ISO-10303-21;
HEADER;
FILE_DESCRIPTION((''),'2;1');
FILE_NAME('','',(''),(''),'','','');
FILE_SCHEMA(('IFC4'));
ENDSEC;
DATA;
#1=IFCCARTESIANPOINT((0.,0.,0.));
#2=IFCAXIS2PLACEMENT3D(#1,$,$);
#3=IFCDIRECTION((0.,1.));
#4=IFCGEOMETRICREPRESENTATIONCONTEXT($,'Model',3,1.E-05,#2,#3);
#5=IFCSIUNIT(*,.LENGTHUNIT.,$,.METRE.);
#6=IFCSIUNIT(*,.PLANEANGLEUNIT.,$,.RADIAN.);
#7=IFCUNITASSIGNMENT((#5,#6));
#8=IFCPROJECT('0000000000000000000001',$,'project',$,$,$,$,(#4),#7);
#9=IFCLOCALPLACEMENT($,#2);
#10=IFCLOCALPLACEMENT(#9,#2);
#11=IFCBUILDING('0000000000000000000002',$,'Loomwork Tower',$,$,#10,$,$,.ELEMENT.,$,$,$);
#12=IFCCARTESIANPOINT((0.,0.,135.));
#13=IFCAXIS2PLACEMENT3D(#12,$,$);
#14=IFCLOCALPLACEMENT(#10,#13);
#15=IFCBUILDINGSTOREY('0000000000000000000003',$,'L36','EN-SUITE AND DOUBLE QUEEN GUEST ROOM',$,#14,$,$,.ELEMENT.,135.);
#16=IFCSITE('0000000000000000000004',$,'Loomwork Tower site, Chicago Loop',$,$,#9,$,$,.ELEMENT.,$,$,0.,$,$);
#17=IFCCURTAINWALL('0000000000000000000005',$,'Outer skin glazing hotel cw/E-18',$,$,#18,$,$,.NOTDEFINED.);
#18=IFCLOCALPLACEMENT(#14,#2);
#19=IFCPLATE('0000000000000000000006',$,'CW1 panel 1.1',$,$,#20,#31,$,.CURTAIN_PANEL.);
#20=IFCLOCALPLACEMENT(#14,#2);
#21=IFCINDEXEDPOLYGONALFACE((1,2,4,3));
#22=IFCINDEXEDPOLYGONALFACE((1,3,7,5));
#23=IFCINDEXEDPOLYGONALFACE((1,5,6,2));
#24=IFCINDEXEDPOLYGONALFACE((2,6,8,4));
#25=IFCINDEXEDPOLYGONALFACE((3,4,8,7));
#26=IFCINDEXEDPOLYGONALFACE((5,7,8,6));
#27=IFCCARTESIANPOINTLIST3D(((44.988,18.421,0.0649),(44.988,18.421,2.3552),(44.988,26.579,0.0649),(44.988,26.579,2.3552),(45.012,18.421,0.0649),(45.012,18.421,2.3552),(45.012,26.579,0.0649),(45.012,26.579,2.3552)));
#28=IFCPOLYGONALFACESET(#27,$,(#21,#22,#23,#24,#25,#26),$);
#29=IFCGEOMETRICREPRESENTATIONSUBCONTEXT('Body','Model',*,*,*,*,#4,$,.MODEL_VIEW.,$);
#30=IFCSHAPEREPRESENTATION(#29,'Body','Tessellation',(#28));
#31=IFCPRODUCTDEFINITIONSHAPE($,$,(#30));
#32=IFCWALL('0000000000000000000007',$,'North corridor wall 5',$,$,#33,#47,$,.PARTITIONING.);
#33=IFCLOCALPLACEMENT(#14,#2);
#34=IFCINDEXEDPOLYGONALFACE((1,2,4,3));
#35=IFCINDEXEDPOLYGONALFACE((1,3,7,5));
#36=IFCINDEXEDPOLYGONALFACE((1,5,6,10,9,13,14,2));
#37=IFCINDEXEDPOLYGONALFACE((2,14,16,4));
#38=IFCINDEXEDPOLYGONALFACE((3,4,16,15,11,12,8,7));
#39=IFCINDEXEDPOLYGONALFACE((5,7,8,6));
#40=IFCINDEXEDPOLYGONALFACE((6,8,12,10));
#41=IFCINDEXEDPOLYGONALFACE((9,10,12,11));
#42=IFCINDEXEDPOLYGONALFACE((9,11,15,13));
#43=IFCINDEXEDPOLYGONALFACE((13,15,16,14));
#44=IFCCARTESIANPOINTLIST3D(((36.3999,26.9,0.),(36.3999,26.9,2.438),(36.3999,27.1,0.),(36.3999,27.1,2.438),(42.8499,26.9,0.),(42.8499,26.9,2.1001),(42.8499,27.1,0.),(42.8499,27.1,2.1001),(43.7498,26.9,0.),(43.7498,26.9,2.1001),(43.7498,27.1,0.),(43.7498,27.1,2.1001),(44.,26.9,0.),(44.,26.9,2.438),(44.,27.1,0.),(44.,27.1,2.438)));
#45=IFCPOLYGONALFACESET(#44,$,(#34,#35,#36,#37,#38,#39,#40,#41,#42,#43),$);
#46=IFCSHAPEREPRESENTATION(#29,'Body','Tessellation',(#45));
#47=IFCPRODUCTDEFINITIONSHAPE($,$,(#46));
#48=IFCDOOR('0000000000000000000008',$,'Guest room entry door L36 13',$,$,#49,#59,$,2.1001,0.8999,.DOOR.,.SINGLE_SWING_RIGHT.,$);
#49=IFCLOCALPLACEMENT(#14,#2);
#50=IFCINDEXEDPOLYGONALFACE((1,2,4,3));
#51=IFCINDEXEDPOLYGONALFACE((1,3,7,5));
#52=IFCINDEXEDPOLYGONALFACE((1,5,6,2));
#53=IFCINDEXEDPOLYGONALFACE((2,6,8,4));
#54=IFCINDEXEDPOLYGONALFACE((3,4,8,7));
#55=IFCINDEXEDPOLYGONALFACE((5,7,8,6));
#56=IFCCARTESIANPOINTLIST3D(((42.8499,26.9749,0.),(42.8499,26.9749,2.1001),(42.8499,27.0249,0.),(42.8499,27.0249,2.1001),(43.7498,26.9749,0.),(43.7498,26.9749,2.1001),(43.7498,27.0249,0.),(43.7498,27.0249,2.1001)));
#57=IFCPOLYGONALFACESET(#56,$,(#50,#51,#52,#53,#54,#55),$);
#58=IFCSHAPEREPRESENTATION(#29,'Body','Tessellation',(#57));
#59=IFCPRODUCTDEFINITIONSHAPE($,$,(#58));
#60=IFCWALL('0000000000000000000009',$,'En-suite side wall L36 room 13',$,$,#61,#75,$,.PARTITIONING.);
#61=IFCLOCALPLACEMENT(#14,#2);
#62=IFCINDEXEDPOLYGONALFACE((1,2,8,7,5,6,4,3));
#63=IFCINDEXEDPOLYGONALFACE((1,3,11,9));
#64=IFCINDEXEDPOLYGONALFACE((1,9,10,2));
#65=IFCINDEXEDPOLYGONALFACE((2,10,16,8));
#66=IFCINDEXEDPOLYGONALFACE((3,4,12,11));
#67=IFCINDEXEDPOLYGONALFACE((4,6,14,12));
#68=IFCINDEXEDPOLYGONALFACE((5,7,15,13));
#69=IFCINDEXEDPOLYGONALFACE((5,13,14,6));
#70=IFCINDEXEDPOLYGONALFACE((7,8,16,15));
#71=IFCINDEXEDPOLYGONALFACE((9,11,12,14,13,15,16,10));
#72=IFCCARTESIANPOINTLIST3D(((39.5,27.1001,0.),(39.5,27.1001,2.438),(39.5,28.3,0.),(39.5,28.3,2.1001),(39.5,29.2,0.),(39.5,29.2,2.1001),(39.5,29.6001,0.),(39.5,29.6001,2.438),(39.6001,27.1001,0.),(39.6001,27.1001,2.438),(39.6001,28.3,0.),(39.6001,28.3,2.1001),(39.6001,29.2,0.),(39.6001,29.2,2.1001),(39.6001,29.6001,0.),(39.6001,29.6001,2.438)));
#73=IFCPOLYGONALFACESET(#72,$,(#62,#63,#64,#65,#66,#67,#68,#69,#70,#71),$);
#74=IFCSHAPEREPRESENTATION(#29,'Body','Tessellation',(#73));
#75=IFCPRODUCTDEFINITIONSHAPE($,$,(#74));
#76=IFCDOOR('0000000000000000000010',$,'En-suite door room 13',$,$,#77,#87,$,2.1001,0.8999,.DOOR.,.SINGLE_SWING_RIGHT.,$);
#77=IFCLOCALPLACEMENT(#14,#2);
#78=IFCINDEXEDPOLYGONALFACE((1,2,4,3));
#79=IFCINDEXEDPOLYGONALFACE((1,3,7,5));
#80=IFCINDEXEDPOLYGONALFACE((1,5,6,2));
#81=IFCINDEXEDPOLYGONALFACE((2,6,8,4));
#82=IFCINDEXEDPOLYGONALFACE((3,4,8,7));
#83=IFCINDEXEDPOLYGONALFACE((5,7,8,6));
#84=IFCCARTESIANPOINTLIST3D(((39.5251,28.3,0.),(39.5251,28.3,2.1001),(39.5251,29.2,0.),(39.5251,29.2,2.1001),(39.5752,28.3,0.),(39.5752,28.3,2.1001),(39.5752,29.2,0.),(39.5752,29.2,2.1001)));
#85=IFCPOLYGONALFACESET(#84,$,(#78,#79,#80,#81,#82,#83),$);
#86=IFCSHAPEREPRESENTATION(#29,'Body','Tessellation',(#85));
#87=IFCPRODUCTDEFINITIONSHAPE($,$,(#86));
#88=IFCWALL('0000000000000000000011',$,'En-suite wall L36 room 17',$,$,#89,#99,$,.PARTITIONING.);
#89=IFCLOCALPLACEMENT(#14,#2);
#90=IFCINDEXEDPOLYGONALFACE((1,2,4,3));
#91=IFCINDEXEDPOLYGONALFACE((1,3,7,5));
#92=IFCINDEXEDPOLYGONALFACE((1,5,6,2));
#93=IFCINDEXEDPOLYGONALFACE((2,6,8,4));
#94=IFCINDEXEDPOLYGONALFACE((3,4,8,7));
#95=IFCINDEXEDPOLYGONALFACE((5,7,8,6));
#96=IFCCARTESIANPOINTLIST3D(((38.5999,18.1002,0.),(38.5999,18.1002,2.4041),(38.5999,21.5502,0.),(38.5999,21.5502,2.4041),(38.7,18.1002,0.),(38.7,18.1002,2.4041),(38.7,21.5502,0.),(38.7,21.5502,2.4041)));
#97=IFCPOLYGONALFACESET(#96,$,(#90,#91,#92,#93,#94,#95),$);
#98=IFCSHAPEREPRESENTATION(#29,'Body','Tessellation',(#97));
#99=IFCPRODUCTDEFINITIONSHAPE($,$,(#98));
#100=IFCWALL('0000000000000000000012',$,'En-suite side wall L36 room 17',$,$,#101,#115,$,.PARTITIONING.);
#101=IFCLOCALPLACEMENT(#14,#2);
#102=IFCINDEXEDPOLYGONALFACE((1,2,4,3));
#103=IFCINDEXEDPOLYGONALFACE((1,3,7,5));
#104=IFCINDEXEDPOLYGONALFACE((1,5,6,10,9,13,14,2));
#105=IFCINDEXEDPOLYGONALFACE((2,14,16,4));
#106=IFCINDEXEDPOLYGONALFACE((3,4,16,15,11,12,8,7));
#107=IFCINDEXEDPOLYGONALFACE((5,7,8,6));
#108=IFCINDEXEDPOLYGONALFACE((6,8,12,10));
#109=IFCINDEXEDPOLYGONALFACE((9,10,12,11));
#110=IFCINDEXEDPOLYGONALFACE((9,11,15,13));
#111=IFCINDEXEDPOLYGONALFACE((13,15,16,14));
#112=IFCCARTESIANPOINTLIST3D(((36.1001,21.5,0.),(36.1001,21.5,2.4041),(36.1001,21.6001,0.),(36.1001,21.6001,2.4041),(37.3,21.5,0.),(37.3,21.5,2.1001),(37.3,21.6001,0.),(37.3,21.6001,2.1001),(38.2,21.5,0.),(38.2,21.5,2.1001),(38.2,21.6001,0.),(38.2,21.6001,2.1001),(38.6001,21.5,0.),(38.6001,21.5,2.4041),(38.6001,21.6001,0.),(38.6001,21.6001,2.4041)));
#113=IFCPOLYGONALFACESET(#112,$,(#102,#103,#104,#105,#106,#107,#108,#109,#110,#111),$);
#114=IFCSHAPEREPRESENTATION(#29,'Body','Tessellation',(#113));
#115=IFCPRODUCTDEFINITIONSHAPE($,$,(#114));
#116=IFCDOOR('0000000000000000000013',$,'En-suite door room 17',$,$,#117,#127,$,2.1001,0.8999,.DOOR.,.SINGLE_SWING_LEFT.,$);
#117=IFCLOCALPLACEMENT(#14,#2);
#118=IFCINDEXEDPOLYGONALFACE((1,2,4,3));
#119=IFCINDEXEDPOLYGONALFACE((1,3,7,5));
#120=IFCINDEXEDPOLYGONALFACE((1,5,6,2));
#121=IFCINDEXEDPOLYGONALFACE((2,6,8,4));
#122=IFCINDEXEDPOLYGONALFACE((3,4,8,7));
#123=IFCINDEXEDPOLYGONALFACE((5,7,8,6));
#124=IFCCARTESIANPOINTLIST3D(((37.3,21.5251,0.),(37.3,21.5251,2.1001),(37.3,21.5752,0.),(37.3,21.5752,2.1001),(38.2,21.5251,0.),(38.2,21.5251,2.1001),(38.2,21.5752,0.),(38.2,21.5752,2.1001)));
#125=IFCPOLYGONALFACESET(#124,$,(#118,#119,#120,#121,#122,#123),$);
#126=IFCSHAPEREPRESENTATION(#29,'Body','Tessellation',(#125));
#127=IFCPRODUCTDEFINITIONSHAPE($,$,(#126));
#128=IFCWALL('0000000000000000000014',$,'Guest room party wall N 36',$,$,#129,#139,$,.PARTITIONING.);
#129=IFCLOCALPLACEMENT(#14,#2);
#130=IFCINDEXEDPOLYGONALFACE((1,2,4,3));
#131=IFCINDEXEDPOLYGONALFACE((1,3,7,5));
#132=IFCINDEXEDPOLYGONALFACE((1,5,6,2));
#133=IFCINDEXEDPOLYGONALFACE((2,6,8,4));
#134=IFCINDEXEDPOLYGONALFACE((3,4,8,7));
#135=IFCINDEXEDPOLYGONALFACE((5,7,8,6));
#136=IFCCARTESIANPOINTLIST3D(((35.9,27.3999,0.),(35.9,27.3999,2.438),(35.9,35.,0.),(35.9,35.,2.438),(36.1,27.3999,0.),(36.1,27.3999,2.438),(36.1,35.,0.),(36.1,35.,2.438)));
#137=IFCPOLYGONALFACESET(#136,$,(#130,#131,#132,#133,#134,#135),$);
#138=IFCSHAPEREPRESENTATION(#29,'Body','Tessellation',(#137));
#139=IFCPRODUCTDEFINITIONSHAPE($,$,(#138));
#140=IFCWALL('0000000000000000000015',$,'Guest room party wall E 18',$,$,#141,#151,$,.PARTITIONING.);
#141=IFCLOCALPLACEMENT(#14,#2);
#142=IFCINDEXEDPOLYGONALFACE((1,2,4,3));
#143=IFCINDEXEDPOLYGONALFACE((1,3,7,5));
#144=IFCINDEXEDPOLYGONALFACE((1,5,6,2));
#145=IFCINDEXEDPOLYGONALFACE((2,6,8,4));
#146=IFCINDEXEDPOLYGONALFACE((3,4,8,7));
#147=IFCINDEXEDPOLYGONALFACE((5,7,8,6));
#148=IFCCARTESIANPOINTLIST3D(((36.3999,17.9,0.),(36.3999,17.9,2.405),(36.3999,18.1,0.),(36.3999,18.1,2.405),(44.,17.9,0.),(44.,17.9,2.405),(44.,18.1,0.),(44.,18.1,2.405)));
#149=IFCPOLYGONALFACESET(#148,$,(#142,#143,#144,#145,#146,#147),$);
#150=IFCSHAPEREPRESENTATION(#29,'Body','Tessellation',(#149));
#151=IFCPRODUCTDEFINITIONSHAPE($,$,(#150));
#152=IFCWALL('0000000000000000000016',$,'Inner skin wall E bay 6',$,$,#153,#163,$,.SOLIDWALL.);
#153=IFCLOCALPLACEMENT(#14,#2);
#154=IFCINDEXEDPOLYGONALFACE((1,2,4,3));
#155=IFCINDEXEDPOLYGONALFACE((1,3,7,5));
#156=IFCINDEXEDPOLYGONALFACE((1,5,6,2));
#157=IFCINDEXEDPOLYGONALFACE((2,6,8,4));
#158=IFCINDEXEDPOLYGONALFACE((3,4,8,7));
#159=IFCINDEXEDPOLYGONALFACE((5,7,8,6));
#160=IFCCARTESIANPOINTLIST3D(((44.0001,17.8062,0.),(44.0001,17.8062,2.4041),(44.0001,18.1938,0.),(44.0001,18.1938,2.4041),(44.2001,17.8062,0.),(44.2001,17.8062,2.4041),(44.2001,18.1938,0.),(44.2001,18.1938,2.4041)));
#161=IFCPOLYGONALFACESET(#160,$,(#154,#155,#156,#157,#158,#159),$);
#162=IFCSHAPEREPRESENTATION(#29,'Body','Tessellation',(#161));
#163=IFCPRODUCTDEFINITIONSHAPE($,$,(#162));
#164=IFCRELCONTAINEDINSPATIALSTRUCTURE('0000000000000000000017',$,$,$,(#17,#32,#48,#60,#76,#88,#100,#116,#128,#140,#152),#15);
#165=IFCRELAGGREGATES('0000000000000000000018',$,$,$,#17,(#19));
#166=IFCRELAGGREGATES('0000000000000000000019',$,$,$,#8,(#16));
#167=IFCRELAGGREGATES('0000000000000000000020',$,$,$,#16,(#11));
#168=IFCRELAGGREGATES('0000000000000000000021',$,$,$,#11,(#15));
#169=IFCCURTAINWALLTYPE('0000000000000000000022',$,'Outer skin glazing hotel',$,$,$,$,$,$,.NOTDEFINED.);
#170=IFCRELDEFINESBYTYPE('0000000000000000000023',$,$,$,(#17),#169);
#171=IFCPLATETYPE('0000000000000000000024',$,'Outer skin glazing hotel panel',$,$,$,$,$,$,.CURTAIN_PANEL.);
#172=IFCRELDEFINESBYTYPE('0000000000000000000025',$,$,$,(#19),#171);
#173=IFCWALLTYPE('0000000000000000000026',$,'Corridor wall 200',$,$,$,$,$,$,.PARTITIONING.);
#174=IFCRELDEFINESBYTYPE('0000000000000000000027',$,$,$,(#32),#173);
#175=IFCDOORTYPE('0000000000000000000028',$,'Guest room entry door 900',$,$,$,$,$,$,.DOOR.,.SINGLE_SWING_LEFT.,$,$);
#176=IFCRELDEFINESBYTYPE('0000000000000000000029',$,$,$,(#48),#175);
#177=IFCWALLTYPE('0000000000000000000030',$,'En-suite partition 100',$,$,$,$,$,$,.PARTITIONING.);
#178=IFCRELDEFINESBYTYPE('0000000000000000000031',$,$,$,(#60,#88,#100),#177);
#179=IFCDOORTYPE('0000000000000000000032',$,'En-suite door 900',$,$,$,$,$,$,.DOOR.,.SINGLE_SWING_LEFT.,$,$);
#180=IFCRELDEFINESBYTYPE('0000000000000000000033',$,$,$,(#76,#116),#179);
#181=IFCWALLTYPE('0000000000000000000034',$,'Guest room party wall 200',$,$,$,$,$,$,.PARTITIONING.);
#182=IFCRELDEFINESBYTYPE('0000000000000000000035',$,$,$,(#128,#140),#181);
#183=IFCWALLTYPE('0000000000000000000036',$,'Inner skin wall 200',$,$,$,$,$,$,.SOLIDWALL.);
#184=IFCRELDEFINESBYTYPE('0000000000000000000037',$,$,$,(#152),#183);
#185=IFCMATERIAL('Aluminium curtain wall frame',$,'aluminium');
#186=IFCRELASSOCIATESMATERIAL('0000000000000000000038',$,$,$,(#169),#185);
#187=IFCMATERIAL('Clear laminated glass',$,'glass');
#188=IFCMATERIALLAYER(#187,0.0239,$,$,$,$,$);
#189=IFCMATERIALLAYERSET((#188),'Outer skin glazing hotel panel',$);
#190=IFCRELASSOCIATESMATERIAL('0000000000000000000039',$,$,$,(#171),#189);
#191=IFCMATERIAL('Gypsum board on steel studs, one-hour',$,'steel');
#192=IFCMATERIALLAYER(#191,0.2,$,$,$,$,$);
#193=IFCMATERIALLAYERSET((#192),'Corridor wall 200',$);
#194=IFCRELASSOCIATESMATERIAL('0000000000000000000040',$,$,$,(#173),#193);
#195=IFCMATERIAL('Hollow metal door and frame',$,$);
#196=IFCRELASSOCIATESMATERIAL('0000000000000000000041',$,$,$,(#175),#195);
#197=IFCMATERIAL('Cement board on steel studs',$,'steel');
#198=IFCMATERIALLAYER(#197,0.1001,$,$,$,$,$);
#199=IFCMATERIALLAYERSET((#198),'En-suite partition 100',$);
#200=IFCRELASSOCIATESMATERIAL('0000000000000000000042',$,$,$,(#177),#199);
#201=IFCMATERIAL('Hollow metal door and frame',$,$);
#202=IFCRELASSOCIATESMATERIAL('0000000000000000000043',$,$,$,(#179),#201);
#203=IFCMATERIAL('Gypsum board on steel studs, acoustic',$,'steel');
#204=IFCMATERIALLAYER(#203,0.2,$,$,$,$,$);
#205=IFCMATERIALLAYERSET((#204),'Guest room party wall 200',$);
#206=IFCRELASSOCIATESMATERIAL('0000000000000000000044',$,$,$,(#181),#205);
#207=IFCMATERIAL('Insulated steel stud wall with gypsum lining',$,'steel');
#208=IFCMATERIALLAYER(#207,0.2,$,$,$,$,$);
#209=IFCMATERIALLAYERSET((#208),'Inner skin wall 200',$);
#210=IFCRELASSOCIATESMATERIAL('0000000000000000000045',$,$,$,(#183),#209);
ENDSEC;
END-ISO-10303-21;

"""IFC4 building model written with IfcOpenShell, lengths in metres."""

from ifc_helpers import new_model, si_unit, direction, frame, frame_2d, origin, origin_2d, place, context, subcontext, project, spatial, rectangle, extrude, material, layer, layer_set, type_object, element, fill, aggregate, save


model = new_model("IFC4")

# Units and contexts
model_context = context("Model", 3, precision=1e-05, world=origin(), true_north=direction((0.0, 1.0)))
body_context = subcontext(model_context, "Body", "Model", "MODEL_VIEW")
ifc_project = project(units=[si_unit("LENGTHUNIT", "METRE"), si_unit("PLANEANGLEUNIT", "RADIAN")], contexts=[model_context])

# Site, building, storey
site_placement = place(None, origin())
site = spatial("IfcSite", under=ifc_project, at=site_placement, Name="Loomwork Tower site, Chicago Loop", CompositionType="ELEMENT", RefElevation=0.0)
building_placement = place(site_placement, origin())
building = spatial("IfcBuilding", under=site, at=building_placement, Name="Loomwork Tower", CompositionType="ELEMENT")
storey_placement = place(building_placement, frame((0.0, 0.0, 135.0)))
storey = spatial("IfcBuildingStorey", under=building, at=storey_placement, Name="L36", Description="EN-SUITE AND DOUBLE QUEEN GUEST ROOM", CompositionType="ELEMENT", Elevation=135.0)

# Curtain wall
ifc_material_1 = material(Name="Aluminium curtain wall frame", Category="aluminium")
curtain_wall_type = type_object("IfcCurtainWallType", Name="Outer skin glazing hotel", PredefinedType="NOTDEFINED", material=ifc_material_1)
curtain_wall_1_placement = place(storey_placement, origin())
curtain_wall_1 = element("IfcCurtainWall", 1, at=curtain_wall_1_placement, inside=storey, type_object=curtain_wall_type, Name="Outer skin glazing hotel cw/E-18", PredefinedType="NOTDEFINED")

# Plate
ifc_material_2 = material(Name="Clear laminated glass", Category="glass")
ifc_layer_1 = layer(ifc_material_2, 0.0239)
ifc_layer_set_1 = layer_set([ifc_layer_1], Name="Outer skin glazing hotel panel")
plate_type = type_object("IfcPlateType", Name="Outer skin glazing hotel panel", PredefinedType="CURTAIN_PANEL", material=ifc_layer_set_1)
plate_placement = place(storey_placement, frame((45.0, 22.5, 0.0649), z_axis=(0.0, 0.0, 1.0), x_axis=(0.0, 1.0, 0.0)))
plate = element("IfcPlate", 2, at=plate_placement, type_object=plate_type, Name="CW1 panel 1.1", PredefinedType="CURTAIN_PANEL", context=body_context, shape_type="SweptSolid", body=[
    extrude(rectangle(XDim=8.158, YDim=0.0239, at=origin_2d()), origin(), (0.0, 0.0, 1.0), 2.2903),
])
aggregate(curtain_wall_1, [plate])

# Walls, openings, doors
ifc_material_3 = material(Name="Gypsum board on steel studs, one-hour", Category="steel")
ifc_layer_2 = layer(ifc_material_3, 0.2)
ifc_layer_set_2 = layer_set([ifc_layer_2], Name="Corridor wall 200")
wall_type_1 = type_object("IfcWallType", Name="Corridor wall 200", PredefinedType="PARTITIONING", material=ifc_layer_set_2)
wall_1_placement = place(storey_placement, frame((36.3999, 27.0, 0.0), z_axis=(0.0, 0.0, 1.0), x_axis=(1.0, 0.0, 0.0)))
wall_1 = element("IfcWall", 3, at=wall_1_placement, inside=storey, type_object=wall_type_1, Name="North corridor wall 5", PredefinedType="PARTITIONING", context=body_context, shape_type="SweptSolid", body=[
    extrude(rectangle(XDim=7.6001, YDim=0.2, at=frame_2d((3.8, 0.0))), origin(), (0.0, 0.0, 1.0), 2.438),
])
opening_1_placement = place(wall_1_placement, frame((6.45, 0.0, 0.0)))
opening_1 = element("IfcOpeningElement", 4, at=opening_1_placement, cuts=wall_1, PredefinedType="OPENING", context=body_context, shape_type="SweptSolid", body=[
    extrude(rectangle(XDim=0.8999, YDim=2.1001, at=frame_2d((0.45, 1.05))), frame((0.0, 0.1099, 0.0), z_axis=(0.0, -1.0, 0.0), x_axis=(1.0, 0.0, 0.0)), (0.0, 0.0, 1.0), 0.22),
])
ifc_material_4 = material(Name="Hollow metal door and frame")
door_type_1 = type_object("IfcDoorType", Name="Guest room entry door 900", OperationType="SINGLE_SWING_LEFT", PredefinedType="DOOR", material=ifc_material_4)
door_1_placement = place(opening_1_placement, origin())
door_1 = element("IfcDoor", 5, at=door_1_placement, inside=storey, type_object=door_type_1, Name="Guest room entry door L36 13", OperationType="SINGLE_SWING_RIGHT", OverallHeight=2.1001, OverallWidth=0.8999, PredefinedType="DOOR", context=body_context, shape_type="SweptSolid", body=[
    extrude(rectangle(XDim=0.8999, YDim=2.1001, at=frame_2d((0.45, 1.05))), frame((0.0, 0.0249, 0.0), z_axis=(0.0, -1.0, 0.0), x_axis=(1.0, 0.0, 0.0)), (0.0, 0.0, 1.0), 0.05),
])
fill(opening_1, door_1)
ifc_material_5 = material(Name="Cement board on steel studs", Category="steel")
ifc_layer_3 = layer(ifc_material_5, 0.1001)
ifc_layer_set_3 = layer_set([ifc_layer_3], Name="En-suite partition 100")
wall_type_2 = type_object("IfcWallType", Name="En-suite partition 100", PredefinedType="PARTITIONING", material=ifc_layer_set_3)
wall_2_placement = place(storey_placement, frame((39.55, 27.1001, 0.0), z_axis=(0.0, 0.0, 1.0), x_axis=(0.0, 1.0, 0.0)))
wall_2 = element("IfcWall", 6, at=wall_2_placement, inside=storey, type_object=wall_type_2, Name="En-suite side wall L36 room 13", PredefinedType="PARTITIONING", context=body_context, shape_type="SweptSolid", body=[
    extrude(rectangle(XDim=2.5, YDim=0.1001, at=frame_2d((1.25, 0.0))), origin(), (0.0, 0.0, 1.0), 2.438),
])
opening_2_placement = place(wall_2_placement, frame((1.2, 0.0, 0.0)))
opening_2 = element("IfcOpeningElement", 7, at=opening_2_placement, cuts=wall_2, PredefinedType="OPENING", context=body_context, shape_type="SweptSolid", body=[
    extrude(rectangle(XDim=0.8999, YDim=2.1001, at=frame_2d((0.45, 1.05))), frame((0.0, 0.0601, 0.0), z_axis=(0.0, -1.0, 0.0), x_axis=(1.0, 0.0, 0.0)), (0.0, 0.0, 1.0), 0.1201),
])
ifc_material_6 = material(Name="Hollow metal door and frame")
door_type_2 = type_object("IfcDoorType", Name="En-suite door 900", OperationType="SINGLE_SWING_LEFT", PredefinedType="DOOR", material=ifc_material_6)
door_2_placement = place(opening_2_placement, origin())
door_2 = element("IfcDoor", 8, at=door_2_placement, inside=storey, type_object=door_type_2, Name="En-suite door room 13", OperationType="SINGLE_SWING_RIGHT", OverallHeight=2.1001, OverallWidth=0.8999, PredefinedType="DOOR", context=body_context, shape_type="SweptSolid", body=[
    extrude(rectangle(XDim=0.8999, YDim=2.1001, at=frame_2d((0.45, 1.05))), frame((0.0, 0.0249, 0.0), z_axis=(0.0, -1.0, 0.0), x_axis=(1.0, 0.0, 0.0)), (0.0, 0.0, 1.0), 0.05),
])
fill(opening_2, door_2)

# Wall
wall_3_placement = place(storey_placement, frame((38.6499, 18.1001, 0.0), z_axis=(0.0, 0.0, 1.0), x_axis=(0.0, 1.0, 0.0)))
element("IfcWall", 9, at=wall_3_placement, inside=storey, type_object=wall_type_2, Name="En-suite wall L36 room 17", PredefinedType="PARTITIONING", context=body_context, shape_type="SweptSolid", body=[
    extrude(rectangle(XDim=3.45, YDim=0.1001, at=frame_2d((1.7251, 0.0))), origin(), (0.0, 0.0, 1.0), 2.4041),
])

# Wall, opening, door
wall_4_placement = place(storey_placement, frame((36.1001, 21.55, 0.0), z_axis=(0.0, 0.0, 1.0), x_axis=(1.0, 0.0, 0.0)))
wall_4 = element("IfcWall", 10, at=wall_4_placement, inside=storey, type_object=wall_type_2, Name="En-suite side wall L36 room 17", PredefinedType="PARTITIONING", context=body_context, shape_type="SweptSolid", body=[
    extrude(rectangle(XDim=2.5, YDim=0.1001, at=frame_2d((1.25, 0.0))), origin(), (0.0, 0.0, 1.0), 2.4041),
])
opening_3_placement = place(wall_4_placement, frame((1.2, 0.0, 0.0)))
opening_3 = element("IfcOpeningElement", 11, at=opening_3_placement, cuts=wall_4, PredefinedType="OPENING", context=body_context, shape_type="SweptSolid", body=[
    extrude(rectangle(XDim=0.8999, YDim=2.1001, at=frame_2d((0.45, 1.05))), frame((0.0, 0.0601, 0.0), z_axis=(0.0, -1.0, 0.0), x_axis=(1.0, 0.0, 0.0)), (0.0, 0.0, 1.0), 0.1201),
])
door_3_placement = place(opening_3_placement, frame((0.8999, 0.0, 0.0), z_axis=(0.0, 0.0, 1.0), x_axis=(-1.0, 0.0, 0.0)))
door_3 = element("IfcDoor", 12, at=door_3_placement, inside=storey, type_object=door_type_2, Name="En-suite door room 17", OperationType="SINGLE_SWING_LEFT", OverallHeight=2.1001, OverallWidth=0.8999, PredefinedType="DOOR", context=body_context, shape_type="SweptSolid", body=[
    extrude(rectangle(XDim=0.8999, YDim=2.1001, at=frame_2d((0.45, 1.05))), frame((0.0, 0.0249, 0.0), z_axis=(0.0, -1.0, 0.0), x_axis=(1.0, 0.0, 0.0)), (0.0, 0.0, 1.0), 0.05),
])
fill(opening_3, door_3)

# Walls
ifc_material_7 = material(Name="Gypsum board on steel studs, acoustic", Category="steel")
ifc_layer_4 = layer(ifc_material_7, 0.2)
ifc_layer_set_4 = layer_set([ifc_layer_4], Name="Guest room party wall 200")
wall_type_3 = type_object("IfcWallType", Name="Guest room party wall 200", PredefinedType="PARTITIONING", material=ifc_layer_set_4)
wall_5_placement = place(storey_placement, frame((36.0, 27.3999, 0.0), z_axis=(0.0, 0.0, 1.0), x_axis=(0.0, 1.0, 0.0)))
element("IfcWall", 13, at=wall_5_placement, inside=storey, type_object=wall_type_3, Name="Guest room party wall N 36", PredefinedType="PARTITIONING", context=body_context, shape_type="SweptSolid", body=[
    extrude(rectangle(XDim=7.6001, YDim=0.2, at=frame_2d((3.8, 0.0))), origin(), (0.0, 0.0, 1.0), 2.438),
])
wall_6_placement = place(storey_placement, frame((36.3999, 18.0, 0.0), z_axis=(0.0, 0.0, 1.0), x_axis=(1.0, 0.0, 0.0)))
element("IfcWall", 14, at=wall_6_placement, inside=storey, type_object=wall_type_3, Name="Guest room party wall E 18", PredefinedType="PARTITIONING", context=body_context, shape_type="SweptSolid", body=[
    extrude(rectangle(XDim=7.6001, YDim=0.2, at=frame_2d((3.8, 0.0))), origin(), (0.0, 0.0, 1.0), 2.405),
])
ifc_material_8 = material(Name="Insulated steel stud wall with gypsum lining", Category="steel")
ifc_layer_5 = layer(ifc_material_8, 0.2)
ifc_layer_set_5 = layer_set([ifc_layer_5], Name="Inner skin wall 200")
wall_type_4 = type_object("IfcWallType", Name="Inner skin wall 200", PredefinedType="SOLIDWALL", material=ifc_layer_set_5)
wall_7_placement = place(storey_placement, frame((44.1001, 17.8062, 0.0), z_axis=(0.0, 0.0, 1.0), x_axis=(0.0, 1.0, 0.0)))
element("IfcWall", 15, at=wall_7_placement, inside=storey, type_object=wall_type_4, Name="Inner skin wall E bay 6", PredefinedType="SOLIDWALL", context=body_context, shape_type="SweptSolid", body=[
    extrude(rectangle(XDim=0.3877, YDim=0.2, at=frame_2d((0.1938, 0.0))), origin(), (0.0, 0.0, 1.0), 2.4041),
])

save(model, "model.ifc")
